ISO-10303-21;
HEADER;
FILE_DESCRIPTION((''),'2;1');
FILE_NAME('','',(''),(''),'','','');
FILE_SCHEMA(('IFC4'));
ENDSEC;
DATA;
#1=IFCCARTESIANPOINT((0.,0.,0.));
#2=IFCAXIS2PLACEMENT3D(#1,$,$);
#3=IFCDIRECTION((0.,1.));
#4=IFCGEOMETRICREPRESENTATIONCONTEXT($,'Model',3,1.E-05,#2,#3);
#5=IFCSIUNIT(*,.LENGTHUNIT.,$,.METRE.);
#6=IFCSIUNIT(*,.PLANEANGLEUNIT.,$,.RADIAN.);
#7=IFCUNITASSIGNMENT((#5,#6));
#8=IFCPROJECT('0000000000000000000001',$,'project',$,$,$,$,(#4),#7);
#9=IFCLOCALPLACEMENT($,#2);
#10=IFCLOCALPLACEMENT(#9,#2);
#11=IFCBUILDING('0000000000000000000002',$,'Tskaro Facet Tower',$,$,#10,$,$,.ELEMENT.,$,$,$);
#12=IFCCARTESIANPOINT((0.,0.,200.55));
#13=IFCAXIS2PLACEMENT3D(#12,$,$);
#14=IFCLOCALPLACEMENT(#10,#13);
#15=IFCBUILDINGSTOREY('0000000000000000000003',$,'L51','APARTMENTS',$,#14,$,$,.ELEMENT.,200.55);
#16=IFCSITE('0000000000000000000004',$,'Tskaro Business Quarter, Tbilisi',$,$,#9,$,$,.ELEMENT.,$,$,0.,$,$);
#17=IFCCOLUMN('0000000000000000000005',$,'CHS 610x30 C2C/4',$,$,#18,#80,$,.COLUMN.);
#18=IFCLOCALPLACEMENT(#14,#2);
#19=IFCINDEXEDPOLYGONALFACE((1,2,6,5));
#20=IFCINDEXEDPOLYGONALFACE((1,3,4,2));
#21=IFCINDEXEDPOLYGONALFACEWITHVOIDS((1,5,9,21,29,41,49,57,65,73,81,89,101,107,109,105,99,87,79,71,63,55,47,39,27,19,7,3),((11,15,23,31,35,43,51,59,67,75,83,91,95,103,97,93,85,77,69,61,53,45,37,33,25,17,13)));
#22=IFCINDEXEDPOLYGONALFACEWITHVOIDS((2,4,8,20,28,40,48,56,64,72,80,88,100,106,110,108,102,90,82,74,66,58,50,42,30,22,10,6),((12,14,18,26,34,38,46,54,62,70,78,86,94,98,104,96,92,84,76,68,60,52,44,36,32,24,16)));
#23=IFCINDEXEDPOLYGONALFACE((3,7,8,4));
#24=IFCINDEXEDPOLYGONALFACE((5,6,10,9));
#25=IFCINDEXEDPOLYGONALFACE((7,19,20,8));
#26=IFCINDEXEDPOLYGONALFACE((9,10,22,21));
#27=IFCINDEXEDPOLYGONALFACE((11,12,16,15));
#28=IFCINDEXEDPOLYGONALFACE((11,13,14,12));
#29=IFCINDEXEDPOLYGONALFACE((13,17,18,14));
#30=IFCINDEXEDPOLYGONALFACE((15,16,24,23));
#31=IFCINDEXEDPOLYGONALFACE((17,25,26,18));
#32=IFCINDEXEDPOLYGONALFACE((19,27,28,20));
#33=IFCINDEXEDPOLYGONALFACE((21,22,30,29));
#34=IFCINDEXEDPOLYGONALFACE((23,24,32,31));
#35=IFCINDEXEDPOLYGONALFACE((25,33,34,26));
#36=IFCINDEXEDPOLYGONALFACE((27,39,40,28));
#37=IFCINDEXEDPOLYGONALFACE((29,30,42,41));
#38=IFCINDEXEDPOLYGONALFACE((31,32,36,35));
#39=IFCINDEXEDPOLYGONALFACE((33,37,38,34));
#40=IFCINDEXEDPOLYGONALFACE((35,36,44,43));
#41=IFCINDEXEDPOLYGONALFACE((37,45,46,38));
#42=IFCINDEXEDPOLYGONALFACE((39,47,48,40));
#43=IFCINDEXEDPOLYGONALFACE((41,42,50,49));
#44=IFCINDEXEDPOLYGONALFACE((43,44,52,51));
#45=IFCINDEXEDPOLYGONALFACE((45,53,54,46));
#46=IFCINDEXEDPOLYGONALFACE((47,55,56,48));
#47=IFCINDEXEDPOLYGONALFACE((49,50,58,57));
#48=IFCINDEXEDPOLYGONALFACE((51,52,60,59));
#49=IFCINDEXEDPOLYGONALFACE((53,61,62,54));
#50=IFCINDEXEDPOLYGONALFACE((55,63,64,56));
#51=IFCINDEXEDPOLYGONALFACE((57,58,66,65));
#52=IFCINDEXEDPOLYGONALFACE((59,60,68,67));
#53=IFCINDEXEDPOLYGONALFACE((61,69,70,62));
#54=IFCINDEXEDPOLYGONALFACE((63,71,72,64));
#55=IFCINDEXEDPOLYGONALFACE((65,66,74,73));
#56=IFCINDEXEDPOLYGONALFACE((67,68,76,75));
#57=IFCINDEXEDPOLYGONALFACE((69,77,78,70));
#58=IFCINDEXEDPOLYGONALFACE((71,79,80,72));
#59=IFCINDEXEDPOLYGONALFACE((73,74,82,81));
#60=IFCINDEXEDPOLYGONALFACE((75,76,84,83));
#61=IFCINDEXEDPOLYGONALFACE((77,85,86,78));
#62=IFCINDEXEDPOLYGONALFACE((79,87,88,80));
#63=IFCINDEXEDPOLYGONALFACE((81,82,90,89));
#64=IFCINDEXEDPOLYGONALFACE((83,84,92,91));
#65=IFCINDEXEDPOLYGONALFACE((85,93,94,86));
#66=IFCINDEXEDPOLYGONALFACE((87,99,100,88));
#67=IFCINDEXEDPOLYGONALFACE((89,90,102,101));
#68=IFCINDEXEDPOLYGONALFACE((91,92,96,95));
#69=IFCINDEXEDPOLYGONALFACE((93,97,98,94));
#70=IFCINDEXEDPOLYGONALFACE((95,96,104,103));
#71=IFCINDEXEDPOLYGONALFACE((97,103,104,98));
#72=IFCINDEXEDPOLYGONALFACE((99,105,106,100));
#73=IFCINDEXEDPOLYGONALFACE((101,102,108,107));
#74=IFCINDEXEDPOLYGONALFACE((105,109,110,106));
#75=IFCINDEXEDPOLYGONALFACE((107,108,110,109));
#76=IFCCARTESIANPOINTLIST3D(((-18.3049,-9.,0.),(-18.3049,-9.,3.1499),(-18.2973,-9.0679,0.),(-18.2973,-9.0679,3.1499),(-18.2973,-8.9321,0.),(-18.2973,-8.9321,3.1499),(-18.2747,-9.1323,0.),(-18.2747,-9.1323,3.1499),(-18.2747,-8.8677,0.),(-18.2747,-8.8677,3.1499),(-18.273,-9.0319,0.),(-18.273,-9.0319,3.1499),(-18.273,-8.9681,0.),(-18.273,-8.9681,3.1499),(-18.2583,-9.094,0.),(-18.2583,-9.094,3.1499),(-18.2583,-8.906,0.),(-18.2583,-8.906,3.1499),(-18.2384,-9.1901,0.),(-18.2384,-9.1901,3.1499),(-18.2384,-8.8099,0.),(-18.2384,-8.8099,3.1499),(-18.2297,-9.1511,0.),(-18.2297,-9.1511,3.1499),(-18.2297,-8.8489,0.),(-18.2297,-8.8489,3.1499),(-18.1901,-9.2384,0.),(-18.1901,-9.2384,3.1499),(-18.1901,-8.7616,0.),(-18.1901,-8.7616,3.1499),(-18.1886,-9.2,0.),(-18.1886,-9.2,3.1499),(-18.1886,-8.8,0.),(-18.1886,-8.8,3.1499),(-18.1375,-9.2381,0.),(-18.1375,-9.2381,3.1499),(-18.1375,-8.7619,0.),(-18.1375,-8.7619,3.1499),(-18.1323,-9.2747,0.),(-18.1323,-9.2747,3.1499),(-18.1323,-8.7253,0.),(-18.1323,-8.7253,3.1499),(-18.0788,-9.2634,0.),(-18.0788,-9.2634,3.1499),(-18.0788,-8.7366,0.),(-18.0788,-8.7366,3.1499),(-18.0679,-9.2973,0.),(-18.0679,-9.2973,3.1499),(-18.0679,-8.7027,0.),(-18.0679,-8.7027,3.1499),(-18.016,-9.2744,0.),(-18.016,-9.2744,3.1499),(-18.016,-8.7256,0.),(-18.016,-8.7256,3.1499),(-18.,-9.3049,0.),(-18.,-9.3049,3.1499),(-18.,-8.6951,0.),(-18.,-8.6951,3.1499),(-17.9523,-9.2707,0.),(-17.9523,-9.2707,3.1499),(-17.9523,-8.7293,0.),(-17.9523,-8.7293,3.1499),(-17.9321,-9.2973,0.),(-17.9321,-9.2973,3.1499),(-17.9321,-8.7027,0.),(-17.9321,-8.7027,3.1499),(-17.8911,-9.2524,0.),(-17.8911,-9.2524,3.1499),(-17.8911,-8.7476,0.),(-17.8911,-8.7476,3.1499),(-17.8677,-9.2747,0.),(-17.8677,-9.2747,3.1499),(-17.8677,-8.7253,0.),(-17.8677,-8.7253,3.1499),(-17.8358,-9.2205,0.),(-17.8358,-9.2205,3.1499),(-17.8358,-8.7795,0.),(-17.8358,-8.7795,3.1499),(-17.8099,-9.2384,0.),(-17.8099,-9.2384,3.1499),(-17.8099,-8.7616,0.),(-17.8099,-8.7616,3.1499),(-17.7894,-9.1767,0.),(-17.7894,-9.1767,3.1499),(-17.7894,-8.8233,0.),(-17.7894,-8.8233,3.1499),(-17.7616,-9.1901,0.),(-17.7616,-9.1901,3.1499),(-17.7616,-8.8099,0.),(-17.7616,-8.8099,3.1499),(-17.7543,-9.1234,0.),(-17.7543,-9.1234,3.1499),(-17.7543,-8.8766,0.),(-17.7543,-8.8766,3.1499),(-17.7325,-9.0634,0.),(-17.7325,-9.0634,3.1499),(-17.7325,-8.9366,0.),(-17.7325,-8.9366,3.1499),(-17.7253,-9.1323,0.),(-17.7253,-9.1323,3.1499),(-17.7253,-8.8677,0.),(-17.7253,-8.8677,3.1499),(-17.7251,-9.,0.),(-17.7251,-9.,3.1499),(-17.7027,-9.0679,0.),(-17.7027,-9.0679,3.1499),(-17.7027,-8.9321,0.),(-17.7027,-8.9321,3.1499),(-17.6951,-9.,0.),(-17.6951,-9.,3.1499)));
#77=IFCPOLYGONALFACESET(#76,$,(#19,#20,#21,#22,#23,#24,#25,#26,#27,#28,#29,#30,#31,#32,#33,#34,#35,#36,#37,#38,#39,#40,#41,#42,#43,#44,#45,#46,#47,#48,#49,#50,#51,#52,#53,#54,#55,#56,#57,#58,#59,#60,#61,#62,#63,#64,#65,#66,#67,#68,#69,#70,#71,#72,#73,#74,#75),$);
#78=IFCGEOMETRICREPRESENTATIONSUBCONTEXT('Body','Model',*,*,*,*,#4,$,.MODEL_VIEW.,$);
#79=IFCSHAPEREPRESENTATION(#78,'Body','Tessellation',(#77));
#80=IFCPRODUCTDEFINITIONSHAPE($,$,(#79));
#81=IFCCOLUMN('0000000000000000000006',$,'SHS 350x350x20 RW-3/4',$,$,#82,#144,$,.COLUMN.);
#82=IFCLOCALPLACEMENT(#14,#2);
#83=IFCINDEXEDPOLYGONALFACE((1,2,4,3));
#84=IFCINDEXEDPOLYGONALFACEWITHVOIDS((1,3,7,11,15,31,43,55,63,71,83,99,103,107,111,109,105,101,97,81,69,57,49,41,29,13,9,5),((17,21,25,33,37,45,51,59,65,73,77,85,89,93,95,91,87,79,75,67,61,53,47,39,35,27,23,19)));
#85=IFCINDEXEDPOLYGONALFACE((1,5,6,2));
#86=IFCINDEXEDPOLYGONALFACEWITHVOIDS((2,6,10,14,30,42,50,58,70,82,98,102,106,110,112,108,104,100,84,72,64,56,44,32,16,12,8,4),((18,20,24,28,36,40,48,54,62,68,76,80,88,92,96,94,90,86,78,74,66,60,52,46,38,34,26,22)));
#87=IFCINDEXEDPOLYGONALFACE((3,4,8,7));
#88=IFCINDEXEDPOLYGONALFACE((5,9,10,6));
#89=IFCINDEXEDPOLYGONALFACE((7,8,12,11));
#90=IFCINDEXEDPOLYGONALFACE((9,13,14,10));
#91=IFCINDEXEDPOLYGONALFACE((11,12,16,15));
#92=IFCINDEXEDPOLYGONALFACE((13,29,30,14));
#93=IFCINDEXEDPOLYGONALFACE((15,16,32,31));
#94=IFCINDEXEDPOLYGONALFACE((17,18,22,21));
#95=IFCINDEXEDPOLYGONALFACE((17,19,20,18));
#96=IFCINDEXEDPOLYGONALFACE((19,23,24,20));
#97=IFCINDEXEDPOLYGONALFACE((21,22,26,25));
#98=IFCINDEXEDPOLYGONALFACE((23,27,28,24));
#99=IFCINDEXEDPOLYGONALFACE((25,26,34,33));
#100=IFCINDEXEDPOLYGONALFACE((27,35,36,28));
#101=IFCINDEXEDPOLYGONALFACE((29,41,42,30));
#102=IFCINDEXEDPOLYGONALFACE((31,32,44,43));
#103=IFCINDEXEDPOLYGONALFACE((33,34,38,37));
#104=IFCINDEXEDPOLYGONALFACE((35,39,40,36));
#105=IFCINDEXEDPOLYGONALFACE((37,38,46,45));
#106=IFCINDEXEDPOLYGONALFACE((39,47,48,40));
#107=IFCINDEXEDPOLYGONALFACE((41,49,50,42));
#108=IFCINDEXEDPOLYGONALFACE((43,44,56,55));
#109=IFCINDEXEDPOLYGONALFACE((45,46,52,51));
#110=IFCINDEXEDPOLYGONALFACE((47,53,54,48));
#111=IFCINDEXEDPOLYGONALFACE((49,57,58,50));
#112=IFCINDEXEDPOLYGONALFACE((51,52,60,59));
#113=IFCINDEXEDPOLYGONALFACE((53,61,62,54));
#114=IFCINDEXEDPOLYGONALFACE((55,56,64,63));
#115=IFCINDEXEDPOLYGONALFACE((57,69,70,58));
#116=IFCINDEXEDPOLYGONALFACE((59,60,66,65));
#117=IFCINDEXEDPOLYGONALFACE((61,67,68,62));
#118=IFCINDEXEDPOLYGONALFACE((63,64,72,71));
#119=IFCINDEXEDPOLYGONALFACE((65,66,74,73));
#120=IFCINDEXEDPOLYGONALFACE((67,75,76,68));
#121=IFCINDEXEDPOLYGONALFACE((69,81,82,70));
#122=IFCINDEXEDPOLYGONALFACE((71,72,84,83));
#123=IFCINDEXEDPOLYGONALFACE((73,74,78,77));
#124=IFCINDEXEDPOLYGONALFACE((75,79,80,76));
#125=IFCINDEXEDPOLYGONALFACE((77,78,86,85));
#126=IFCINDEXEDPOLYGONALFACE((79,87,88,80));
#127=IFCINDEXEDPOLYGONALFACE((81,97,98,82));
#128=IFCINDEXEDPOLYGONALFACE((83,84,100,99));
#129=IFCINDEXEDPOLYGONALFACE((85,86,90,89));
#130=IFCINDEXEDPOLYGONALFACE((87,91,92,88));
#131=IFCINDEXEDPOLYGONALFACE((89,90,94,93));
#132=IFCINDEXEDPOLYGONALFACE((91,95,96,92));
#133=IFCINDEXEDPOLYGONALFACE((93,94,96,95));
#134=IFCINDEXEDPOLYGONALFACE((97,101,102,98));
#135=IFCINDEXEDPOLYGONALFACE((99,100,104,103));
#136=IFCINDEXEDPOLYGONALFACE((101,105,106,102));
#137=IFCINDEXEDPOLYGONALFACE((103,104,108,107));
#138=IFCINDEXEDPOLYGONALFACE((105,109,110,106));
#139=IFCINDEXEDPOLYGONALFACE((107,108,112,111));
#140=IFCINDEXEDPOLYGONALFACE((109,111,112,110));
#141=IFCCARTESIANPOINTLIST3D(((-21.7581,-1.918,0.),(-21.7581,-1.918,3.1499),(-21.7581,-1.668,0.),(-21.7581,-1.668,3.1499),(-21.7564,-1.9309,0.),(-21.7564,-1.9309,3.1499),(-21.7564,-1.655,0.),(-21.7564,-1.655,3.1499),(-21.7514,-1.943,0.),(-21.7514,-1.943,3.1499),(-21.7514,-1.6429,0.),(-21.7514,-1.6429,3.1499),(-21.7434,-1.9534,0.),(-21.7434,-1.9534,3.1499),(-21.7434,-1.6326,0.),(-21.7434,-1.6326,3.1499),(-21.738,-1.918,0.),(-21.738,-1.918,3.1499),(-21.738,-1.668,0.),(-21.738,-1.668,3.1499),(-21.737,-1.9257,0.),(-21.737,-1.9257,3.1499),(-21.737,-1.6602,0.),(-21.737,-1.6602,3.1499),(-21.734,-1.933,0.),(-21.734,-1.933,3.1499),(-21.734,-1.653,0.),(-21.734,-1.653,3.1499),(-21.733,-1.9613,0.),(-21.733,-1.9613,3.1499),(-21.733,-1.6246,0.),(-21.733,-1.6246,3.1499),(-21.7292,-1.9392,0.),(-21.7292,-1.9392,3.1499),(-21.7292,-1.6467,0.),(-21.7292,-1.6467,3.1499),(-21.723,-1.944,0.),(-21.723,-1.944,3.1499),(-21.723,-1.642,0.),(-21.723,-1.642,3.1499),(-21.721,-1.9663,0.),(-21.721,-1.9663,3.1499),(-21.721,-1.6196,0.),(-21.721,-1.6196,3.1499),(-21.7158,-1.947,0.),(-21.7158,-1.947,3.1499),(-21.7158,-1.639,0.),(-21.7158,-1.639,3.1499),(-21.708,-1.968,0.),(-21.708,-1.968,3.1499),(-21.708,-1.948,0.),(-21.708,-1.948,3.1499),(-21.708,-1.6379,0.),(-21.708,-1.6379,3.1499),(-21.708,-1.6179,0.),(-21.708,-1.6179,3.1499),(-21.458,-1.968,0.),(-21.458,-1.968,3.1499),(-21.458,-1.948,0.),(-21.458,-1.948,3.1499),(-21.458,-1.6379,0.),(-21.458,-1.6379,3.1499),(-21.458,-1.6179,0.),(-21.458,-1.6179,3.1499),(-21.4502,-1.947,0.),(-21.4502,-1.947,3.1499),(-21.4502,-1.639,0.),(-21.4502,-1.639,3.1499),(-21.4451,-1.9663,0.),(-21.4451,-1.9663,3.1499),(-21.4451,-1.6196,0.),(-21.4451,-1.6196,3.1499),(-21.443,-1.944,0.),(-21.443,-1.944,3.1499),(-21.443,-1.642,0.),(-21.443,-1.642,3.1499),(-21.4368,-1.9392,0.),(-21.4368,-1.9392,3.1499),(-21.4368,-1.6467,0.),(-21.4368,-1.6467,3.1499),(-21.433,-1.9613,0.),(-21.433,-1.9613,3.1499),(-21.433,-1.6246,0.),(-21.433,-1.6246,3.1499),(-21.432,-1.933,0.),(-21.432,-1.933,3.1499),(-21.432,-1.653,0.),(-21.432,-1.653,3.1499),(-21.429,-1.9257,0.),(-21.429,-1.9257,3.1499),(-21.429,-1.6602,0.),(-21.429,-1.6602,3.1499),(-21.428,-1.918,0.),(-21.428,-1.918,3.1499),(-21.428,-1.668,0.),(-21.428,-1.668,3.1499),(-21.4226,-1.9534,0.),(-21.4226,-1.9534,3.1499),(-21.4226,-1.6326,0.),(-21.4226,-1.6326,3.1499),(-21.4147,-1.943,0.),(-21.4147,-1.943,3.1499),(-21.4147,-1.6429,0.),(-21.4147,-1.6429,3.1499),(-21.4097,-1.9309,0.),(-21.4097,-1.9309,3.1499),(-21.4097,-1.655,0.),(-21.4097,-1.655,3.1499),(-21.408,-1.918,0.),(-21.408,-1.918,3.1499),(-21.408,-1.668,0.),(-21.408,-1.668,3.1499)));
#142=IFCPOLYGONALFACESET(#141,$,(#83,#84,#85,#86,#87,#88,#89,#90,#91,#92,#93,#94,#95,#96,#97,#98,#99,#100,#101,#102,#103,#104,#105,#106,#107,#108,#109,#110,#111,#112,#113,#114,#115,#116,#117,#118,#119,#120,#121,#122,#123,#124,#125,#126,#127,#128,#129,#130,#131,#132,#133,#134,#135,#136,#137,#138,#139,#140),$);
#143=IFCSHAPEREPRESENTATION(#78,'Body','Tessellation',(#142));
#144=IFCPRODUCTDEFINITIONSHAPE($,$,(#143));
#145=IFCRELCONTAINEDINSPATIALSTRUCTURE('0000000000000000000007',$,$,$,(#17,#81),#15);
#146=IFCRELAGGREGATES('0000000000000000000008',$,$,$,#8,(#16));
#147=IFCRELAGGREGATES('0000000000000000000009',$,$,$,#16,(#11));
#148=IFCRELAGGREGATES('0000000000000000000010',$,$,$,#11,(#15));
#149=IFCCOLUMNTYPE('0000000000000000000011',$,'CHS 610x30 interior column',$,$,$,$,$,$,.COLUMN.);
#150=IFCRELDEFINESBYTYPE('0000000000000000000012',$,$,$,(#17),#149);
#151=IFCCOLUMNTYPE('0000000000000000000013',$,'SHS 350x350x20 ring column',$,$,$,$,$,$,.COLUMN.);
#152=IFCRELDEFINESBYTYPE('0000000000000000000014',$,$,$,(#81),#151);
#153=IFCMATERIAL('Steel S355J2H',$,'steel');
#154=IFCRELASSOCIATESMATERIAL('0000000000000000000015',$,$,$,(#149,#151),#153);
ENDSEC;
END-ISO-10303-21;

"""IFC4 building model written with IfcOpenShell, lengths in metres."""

from ifc_helpers import new_model, si_unit, direction, frame, origin, origin_2d, place, context, subcontext, project, spatial, hollow_rectangle, hollow_circle, extrude, material, material_profile, profile_set, type_object, element, save


model = new_model("IFC4")

# Units and contexts
model_context = context("Model", 3, precision=1e-05, world=origin(), true_north=direction((0.0, 1.0)))
body_context = subcontext(model_context, "Body", "Model", "MODEL_VIEW")
ifc_project = project(units=[si_unit("LENGTHUNIT", "METRE"), si_unit("PLANEANGLEUNIT", "RADIAN")], contexts=[model_context])

# Site, building, storey
site_placement = place(None, origin())
site = spatial("IfcSite", under=ifc_project, at=site_placement, Name="Tskaro Business Quarter, Tbilisi", CompositionType="ELEMENT", RefElevation=0.0)
building_placement = place(site_placement, origin())
building = spatial("IfcBuilding", under=site, at=building_placement, Name="Tskaro Facet Tower", CompositionType="ELEMENT")
storey_placement = place(building_placement, frame((0.0, 0.0, 200.55)))
storey = spatial("IfcBuildingStorey", under=building, at=storey_placement, Name="L51", Description="APARTMENTS", CompositionType="ELEMENT", Elevation=200.55)

# Columns
ifc_material_1 = material(Name="Steel S355J2H", Category="steel")
ifc_material_profile_1 = material_profile(ifc_material_1, hollow_circle(Radius=0.3049, WallThickness=0.03, at=origin_2d()), Name="CHS 610x30")
ifc_profile_set_1 = profile_set([ifc_material_profile_1], Name="Steel S355J2H")
column_type_1 = type_object("IfcColumnType", Name="CHS 610x30 interior column", PredefinedType="COLUMN", material=ifc_profile_set_1)
column_placement = place(storey_placement, frame((-18.0, -9.0, 0.0), z_axis=(0.0, 0.0, 1.0), x_axis=(1.0, 0.0, 0.0)))
element("IfcColumn", 1, at=column_placement, inside=storey, type_object=column_type_1, Name="CHS 610x30 C2C/4", PredefinedType="COLUMN", context=body_context, shape_type="SweptSolid", body=[
    extrude(hollow_circle(Radius=0.3049, WallThickness=0.03, at=origin_2d()), origin(), (0.0, 0.0, 1.0), 3.1499),
])
ifc_material_profile_2 = material_profile(ifc_material_1, hollow_rectangle(XDim=0.3501, YDim=0.3501, WallThickness=0.02, InnerFilletRadius=0.03, OuterFilletRadius=0.05, at=origin_2d()), Name="SHS 350x350x20")
ifc_profile_set_2 = profile_set([ifc_material_profile_2], Name="Steel S355J2H")
column_type_2 = type_object("IfcColumnType", Name="SHS 350x350x20 ring column", PredefinedType="COLUMN", material=ifc_profile_set_2)
for number, where, z_axis, x_axis, name in (
    (2, (-21.583, -1.793, 0.0), (0.0, 0.0, 1.0), (1.0, 0.0, 0.0), "SHS 350x350x20 RW-3/4"),
):
    element("IfcColumn", number, at=place(storey_placement, frame(where, z_axis=z_axis, x_axis=x_axis)), inside=storey, type_object=column_type_2, Name=name, PredefinedType="COLUMN", context=body_context, shape_type="SweptSolid", body=[
        extrude(hollow_rectangle(XDim=0.3501, YDim=0.3501, WallThickness=0.02, InnerFilletRadius=0.03, OuterFilletRadius=0.05, at=origin_2d()), origin(), (0.0, 0.0, 1.0), 3.1499),
    ])

save(model, "model.ifc")
